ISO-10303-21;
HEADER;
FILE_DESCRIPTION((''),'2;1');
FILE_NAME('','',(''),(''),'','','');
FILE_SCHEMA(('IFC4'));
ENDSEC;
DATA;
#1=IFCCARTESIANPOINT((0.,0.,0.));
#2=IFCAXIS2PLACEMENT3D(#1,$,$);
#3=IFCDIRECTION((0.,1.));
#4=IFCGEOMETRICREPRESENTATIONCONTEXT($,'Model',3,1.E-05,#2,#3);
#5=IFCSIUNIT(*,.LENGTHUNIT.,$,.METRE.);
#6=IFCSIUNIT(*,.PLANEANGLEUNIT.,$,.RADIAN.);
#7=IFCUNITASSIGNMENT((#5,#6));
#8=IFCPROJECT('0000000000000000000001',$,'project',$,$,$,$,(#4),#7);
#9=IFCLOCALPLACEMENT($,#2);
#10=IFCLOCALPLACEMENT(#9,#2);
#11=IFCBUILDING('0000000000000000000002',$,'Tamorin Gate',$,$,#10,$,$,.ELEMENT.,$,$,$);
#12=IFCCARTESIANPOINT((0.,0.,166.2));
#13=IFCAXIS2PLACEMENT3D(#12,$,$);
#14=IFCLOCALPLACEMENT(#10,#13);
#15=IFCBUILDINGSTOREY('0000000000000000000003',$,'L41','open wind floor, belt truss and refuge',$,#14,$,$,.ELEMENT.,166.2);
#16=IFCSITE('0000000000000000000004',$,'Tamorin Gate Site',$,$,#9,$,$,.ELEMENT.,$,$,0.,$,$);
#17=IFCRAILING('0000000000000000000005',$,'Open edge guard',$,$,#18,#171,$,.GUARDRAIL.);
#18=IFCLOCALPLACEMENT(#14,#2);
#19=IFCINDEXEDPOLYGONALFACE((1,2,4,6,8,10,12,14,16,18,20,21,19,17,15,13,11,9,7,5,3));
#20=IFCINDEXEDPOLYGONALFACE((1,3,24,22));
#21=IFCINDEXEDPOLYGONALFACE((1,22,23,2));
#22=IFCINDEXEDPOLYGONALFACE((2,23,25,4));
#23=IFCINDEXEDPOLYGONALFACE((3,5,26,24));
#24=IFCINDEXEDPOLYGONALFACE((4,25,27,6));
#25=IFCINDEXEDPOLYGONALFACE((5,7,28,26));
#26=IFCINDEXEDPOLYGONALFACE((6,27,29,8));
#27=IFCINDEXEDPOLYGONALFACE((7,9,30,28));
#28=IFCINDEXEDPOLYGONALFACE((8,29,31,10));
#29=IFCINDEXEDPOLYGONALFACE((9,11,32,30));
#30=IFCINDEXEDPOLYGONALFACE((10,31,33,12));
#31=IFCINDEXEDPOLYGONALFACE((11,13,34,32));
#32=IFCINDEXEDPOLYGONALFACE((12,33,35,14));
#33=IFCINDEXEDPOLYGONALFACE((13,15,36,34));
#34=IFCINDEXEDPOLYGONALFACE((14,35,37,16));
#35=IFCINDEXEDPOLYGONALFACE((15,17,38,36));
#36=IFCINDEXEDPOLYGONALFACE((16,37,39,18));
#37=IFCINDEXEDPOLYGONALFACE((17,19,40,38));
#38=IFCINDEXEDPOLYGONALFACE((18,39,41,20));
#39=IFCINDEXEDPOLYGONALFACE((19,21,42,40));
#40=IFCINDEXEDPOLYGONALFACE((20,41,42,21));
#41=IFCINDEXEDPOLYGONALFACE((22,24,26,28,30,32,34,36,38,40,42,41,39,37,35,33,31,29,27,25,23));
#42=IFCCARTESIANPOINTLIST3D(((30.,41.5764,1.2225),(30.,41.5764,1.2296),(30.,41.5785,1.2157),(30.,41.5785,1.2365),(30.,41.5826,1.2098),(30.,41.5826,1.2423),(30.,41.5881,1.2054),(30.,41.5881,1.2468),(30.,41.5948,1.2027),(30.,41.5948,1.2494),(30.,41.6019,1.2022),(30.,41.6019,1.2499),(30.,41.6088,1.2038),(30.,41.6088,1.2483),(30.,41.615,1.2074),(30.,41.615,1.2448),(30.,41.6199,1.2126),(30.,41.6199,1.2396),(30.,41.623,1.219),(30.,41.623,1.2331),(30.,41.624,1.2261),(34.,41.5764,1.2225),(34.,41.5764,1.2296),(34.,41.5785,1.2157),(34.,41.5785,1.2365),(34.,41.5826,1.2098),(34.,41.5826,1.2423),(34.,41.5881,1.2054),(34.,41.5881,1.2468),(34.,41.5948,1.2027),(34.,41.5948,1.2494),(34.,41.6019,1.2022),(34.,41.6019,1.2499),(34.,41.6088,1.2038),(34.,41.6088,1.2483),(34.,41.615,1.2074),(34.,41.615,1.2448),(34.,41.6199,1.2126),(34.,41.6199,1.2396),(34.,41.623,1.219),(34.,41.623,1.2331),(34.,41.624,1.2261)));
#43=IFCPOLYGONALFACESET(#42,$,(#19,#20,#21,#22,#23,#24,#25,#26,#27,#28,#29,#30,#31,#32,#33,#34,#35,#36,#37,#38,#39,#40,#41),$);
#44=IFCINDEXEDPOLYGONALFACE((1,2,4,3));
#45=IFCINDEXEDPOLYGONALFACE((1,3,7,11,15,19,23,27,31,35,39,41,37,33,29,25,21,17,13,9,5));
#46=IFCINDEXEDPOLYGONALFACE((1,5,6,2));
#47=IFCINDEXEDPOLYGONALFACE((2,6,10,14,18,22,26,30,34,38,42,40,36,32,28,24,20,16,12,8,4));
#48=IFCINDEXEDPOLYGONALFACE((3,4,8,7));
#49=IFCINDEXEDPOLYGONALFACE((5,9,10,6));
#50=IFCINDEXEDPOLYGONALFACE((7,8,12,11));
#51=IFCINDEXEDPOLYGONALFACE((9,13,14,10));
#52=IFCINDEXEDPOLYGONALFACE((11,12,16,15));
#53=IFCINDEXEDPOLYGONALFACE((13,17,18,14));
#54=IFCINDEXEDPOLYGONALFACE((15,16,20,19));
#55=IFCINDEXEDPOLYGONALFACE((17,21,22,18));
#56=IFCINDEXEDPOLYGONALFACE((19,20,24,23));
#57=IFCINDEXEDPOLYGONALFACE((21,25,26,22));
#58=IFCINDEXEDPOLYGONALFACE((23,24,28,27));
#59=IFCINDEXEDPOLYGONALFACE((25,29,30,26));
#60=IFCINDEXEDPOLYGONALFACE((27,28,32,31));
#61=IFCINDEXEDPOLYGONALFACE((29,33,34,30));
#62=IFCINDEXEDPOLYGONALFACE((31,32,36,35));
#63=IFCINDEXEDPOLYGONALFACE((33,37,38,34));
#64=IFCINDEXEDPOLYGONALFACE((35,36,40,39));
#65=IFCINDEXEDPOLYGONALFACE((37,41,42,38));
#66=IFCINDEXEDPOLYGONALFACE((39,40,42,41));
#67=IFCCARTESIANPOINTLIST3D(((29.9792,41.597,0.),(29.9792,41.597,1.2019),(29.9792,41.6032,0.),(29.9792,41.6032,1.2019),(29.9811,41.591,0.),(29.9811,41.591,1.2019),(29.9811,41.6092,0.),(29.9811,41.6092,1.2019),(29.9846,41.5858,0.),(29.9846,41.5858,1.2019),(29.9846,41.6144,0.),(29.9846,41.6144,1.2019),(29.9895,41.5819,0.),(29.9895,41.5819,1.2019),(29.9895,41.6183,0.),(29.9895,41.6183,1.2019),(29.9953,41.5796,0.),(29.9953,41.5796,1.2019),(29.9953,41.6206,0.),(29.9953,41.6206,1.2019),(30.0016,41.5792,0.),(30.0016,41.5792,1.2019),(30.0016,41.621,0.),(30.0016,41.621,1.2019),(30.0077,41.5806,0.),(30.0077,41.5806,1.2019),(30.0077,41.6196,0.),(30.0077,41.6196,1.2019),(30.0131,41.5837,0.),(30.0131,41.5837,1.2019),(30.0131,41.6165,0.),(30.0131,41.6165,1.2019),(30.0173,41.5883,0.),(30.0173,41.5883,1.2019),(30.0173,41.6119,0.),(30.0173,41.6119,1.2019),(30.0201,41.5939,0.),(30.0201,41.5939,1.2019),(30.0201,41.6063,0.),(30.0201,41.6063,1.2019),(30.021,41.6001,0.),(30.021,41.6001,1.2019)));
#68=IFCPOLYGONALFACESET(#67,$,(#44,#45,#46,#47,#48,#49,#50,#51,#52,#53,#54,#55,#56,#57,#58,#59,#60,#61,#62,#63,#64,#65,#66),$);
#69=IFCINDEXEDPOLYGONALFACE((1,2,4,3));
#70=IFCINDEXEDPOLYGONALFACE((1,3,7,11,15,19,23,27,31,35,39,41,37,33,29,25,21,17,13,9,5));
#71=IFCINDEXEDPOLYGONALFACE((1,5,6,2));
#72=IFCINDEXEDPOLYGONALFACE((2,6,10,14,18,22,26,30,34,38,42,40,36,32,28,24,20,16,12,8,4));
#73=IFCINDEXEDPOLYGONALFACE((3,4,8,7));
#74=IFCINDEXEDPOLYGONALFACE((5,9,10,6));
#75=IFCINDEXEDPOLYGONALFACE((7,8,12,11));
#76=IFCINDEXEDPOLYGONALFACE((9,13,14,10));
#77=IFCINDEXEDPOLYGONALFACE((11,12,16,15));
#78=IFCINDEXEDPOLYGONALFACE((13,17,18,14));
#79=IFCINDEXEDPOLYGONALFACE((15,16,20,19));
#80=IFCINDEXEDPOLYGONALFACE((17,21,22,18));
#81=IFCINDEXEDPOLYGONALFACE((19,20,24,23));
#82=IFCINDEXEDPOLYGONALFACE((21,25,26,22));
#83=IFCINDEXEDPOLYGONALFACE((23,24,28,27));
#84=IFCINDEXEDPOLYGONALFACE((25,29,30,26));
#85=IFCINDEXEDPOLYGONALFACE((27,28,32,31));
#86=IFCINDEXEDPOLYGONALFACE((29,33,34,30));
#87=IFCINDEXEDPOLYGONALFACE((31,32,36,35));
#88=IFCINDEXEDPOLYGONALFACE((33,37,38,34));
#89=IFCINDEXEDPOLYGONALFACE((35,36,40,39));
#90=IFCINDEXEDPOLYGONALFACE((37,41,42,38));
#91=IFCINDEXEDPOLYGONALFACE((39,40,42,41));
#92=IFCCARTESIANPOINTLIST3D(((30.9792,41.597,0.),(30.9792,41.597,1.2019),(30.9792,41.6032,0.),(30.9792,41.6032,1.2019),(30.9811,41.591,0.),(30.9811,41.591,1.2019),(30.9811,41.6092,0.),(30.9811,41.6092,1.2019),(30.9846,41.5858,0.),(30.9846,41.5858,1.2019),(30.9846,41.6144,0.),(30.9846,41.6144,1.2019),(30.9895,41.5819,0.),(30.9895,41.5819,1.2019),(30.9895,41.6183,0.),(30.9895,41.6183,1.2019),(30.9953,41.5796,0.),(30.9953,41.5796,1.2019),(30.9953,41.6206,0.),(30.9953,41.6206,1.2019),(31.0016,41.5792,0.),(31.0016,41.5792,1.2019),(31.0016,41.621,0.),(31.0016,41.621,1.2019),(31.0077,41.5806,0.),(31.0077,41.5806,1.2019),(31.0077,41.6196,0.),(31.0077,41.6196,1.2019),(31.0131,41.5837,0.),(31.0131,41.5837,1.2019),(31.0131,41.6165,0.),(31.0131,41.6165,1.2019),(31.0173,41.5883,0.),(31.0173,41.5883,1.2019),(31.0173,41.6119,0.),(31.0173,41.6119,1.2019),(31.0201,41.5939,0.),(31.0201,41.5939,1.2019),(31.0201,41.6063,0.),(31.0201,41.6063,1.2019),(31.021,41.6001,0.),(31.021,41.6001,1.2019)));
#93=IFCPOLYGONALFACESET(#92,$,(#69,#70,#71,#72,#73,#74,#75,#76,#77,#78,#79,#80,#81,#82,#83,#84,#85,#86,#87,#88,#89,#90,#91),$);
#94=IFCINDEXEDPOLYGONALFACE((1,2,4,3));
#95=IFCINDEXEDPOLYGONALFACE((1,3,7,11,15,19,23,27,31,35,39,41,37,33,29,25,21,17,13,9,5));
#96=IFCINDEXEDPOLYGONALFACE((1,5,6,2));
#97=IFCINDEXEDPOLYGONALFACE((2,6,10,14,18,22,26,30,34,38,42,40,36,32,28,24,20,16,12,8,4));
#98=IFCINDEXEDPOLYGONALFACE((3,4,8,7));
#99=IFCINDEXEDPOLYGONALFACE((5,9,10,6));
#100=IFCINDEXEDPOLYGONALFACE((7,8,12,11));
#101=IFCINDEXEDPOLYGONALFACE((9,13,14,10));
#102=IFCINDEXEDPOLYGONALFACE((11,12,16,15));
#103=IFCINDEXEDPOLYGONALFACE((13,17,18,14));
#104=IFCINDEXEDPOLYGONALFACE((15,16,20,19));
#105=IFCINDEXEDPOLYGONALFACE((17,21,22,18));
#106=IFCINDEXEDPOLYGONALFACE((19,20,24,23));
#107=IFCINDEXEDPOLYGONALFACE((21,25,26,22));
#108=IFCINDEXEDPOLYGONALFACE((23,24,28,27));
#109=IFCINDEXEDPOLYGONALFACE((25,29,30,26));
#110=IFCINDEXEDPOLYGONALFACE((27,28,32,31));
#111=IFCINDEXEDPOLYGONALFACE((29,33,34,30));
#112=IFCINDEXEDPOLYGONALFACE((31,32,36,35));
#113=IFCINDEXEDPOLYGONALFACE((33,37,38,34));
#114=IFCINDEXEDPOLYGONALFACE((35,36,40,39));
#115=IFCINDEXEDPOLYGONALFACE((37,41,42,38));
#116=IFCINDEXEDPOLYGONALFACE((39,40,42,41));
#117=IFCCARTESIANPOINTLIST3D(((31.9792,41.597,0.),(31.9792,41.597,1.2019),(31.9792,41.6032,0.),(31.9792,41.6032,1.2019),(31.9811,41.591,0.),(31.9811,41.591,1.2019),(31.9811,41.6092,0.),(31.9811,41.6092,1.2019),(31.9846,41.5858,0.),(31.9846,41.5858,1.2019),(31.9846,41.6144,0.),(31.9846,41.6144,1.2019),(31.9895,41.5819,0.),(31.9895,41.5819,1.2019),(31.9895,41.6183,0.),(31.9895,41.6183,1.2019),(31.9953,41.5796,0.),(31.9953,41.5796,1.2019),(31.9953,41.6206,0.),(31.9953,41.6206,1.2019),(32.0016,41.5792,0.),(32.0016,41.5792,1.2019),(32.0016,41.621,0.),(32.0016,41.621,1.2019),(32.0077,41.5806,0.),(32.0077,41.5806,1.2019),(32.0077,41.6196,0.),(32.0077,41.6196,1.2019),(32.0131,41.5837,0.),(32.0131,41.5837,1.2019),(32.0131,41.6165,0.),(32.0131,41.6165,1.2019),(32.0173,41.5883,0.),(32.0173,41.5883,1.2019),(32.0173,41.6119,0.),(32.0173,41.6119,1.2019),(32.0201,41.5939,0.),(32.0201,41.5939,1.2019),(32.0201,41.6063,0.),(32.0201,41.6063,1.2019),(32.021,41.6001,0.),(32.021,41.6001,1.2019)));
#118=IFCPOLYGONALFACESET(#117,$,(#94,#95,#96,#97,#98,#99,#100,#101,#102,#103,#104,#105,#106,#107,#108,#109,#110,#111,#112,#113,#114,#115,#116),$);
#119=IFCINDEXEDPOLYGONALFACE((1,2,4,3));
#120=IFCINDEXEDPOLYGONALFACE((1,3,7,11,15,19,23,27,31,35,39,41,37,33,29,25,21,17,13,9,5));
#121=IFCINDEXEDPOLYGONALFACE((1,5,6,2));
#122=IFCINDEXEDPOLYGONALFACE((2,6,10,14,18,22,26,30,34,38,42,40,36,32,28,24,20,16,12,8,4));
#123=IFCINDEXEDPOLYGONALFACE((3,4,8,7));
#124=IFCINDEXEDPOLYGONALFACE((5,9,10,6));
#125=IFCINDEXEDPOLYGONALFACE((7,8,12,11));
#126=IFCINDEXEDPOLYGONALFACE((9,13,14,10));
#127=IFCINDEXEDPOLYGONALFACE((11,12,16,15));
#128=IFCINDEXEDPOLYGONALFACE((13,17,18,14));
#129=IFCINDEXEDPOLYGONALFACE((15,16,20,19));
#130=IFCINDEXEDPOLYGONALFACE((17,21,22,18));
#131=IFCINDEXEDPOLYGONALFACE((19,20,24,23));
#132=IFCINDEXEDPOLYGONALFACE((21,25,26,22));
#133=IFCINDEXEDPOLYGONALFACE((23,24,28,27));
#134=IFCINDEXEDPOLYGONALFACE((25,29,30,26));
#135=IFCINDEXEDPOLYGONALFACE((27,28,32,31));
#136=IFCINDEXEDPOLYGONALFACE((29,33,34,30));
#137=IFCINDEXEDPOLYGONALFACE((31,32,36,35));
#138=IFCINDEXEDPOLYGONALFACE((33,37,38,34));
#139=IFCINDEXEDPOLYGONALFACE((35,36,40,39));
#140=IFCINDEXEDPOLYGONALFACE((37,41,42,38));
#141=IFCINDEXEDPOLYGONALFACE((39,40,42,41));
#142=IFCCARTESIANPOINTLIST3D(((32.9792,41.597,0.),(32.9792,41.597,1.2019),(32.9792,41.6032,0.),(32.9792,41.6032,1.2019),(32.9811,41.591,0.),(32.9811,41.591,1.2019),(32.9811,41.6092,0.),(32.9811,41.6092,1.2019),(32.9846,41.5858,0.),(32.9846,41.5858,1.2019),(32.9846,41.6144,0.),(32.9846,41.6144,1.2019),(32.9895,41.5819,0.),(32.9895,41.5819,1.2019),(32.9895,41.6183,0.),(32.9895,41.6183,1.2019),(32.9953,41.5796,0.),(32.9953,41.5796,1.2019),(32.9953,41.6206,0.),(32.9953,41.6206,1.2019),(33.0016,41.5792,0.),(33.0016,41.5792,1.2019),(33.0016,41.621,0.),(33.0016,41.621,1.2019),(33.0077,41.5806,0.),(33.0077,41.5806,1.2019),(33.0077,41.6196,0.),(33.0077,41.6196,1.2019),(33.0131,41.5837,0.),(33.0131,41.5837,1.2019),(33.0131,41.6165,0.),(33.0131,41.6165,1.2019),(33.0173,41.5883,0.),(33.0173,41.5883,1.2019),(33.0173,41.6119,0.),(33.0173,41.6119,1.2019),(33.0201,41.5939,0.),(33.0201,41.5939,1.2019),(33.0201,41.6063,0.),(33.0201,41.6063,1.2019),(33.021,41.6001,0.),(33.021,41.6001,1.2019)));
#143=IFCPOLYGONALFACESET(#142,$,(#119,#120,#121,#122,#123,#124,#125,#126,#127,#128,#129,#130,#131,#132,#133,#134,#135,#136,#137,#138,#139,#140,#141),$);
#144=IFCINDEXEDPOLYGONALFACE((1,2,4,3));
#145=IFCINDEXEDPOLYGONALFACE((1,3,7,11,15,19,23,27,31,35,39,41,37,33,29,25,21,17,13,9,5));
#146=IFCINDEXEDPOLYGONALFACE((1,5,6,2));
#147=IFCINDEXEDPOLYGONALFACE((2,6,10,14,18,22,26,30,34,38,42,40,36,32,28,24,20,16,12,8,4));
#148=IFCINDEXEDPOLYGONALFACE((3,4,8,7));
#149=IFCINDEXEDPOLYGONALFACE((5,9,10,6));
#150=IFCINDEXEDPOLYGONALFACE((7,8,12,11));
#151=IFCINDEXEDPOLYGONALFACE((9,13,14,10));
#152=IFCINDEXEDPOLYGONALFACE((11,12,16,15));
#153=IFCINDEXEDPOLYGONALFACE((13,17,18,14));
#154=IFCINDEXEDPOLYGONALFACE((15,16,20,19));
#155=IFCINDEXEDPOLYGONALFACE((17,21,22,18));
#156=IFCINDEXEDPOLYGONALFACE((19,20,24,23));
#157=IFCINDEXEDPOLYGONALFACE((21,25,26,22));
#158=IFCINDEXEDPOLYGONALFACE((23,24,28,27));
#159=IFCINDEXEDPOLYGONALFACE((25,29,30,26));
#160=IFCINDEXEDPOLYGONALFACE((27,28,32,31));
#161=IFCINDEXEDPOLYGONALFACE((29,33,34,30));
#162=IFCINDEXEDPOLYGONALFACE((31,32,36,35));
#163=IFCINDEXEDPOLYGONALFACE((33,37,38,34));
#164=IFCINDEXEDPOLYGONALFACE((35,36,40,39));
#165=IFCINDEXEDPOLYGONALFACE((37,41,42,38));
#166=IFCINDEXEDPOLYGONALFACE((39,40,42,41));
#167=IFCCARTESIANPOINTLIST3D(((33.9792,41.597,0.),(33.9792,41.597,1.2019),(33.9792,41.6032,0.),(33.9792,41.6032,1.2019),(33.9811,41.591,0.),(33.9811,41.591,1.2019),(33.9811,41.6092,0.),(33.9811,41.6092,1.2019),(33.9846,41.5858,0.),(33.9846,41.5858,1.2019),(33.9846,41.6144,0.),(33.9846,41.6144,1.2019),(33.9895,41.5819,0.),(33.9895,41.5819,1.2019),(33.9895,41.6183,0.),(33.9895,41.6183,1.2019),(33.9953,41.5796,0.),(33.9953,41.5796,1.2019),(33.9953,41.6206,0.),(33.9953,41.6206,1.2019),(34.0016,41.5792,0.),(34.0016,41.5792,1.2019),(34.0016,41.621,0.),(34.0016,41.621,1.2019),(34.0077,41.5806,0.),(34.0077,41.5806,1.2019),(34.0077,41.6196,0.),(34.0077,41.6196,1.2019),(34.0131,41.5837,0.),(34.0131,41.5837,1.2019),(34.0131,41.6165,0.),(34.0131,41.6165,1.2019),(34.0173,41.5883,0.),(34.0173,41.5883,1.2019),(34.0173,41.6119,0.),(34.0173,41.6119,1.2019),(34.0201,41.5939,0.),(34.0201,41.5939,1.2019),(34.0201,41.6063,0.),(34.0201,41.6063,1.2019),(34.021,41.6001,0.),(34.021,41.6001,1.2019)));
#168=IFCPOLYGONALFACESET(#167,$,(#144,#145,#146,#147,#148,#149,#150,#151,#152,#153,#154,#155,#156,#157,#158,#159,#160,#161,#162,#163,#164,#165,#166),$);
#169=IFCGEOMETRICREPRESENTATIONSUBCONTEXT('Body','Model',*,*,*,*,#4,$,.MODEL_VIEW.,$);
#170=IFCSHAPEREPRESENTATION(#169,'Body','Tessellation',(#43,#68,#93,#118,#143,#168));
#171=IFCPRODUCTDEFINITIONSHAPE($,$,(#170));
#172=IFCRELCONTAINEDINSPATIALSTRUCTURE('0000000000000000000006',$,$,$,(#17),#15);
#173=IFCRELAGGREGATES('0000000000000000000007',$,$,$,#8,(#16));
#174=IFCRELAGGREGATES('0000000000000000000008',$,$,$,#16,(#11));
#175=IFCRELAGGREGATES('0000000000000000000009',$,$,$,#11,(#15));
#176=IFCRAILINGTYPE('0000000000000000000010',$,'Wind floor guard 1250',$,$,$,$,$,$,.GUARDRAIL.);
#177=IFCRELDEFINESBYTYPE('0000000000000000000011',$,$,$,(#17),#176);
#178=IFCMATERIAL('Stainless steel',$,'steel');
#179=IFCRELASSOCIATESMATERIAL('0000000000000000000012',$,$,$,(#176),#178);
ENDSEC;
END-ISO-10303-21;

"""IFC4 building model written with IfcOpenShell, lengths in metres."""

from ifc_helpers import new_model, si_unit, direction, frame, origin, origin_2d, place, context, subcontext, project, spatial, circle, extrude, material, type_object, element, save


model = new_model("IFC4")

# Units and contexts
model_context = context("Model", 3, precision=1e-05, world=origin(), true_north=direction((0.0, 1.0)))
body_context = subcontext(model_context, "Body", "Model", "MODEL_VIEW")
ifc_project = project(units=[si_unit("LENGTHUNIT", "METRE"), si_unit("PLANEANGLEUNIT", "RADIAN")], contexts=[model_context])

# Site, building, storey
site_placement = place(None, origin())
site = spatial("IfcSite", under=ifc_project, at=site_placement, Name="Tamorin Gate Site", CompositionType="ELEMENT", RefElevation=0.0)
building_placement = place(site_placement, origin())
building = spatial("IfcBuilding", under=site, at=building_placement, Name="Tamorin Gate", CompositionType="ELEMENT")
storey_placement = place(building_placement, frame((0.0, 0.0, 166.2)))
storey = spatial("IfcBuildingStorey", under=building, at=storey_placement, Name="L41", Description="open wind floor, belt truss and refuge", CompositionType="ELEMENT", Elevation=166.2)

# Railing
ifc_material_1 = material(Name="Stainless steel", Category="steel")
railing_type = type_object("IfcRailingType", Name="Wind floor guard 1250", PredefinedType="GUARDRAIL", material=ifc_material_1)
railing_1_placement = place(storey_placement, frame((30.0, 41.6001, 0.0)))
element("IfcRailing", 1, at=railing_1_placement, inside=storey, type_object=railing_type, Name="Open edge guard", PredefinedType="GUARDRAIL", context=body_context, shape_type="SweptSolid", body=[
    extrude(circle(Radius=0.0239, at=origin_2d()), frame((0.0, 0.0, 1.2261), z_axis=(1.0, 0.0, 0.0), x_axis=(0.0, 1.0, 0.0)), (0.0, 0.0, 1.0), 4.0),
    extrude(circle(Radius=0.021, at=origin_2d()), origin(), (0.0, 0.0, 1.0), 1.2019),
    extrude(circle(Radius=0.021, at=origin_2d()), frame((1.0, 0.0, 0.0)), (0.0, 0.0, 1.0), 1.2019),
    extrude(circle(Radius=0.021, at=origin_2d()), frame((2.0, 0.0, 0.0)), (0.0, 0.0, 1.0), 1.2019),
    extrude(circle(Radius=0.021, at=origin_2d()), frame((3.0, 0.0, 0.0)), (0.0, 0.0, 1.0), 1.2019),
    extrude(circle(Radius=0.021, at=origin_2d()), frame((4.0, 0.0, 0.0)), (0.0, 0.0, 1.0), 1.2019),
])

save(model, "model.ifc")
